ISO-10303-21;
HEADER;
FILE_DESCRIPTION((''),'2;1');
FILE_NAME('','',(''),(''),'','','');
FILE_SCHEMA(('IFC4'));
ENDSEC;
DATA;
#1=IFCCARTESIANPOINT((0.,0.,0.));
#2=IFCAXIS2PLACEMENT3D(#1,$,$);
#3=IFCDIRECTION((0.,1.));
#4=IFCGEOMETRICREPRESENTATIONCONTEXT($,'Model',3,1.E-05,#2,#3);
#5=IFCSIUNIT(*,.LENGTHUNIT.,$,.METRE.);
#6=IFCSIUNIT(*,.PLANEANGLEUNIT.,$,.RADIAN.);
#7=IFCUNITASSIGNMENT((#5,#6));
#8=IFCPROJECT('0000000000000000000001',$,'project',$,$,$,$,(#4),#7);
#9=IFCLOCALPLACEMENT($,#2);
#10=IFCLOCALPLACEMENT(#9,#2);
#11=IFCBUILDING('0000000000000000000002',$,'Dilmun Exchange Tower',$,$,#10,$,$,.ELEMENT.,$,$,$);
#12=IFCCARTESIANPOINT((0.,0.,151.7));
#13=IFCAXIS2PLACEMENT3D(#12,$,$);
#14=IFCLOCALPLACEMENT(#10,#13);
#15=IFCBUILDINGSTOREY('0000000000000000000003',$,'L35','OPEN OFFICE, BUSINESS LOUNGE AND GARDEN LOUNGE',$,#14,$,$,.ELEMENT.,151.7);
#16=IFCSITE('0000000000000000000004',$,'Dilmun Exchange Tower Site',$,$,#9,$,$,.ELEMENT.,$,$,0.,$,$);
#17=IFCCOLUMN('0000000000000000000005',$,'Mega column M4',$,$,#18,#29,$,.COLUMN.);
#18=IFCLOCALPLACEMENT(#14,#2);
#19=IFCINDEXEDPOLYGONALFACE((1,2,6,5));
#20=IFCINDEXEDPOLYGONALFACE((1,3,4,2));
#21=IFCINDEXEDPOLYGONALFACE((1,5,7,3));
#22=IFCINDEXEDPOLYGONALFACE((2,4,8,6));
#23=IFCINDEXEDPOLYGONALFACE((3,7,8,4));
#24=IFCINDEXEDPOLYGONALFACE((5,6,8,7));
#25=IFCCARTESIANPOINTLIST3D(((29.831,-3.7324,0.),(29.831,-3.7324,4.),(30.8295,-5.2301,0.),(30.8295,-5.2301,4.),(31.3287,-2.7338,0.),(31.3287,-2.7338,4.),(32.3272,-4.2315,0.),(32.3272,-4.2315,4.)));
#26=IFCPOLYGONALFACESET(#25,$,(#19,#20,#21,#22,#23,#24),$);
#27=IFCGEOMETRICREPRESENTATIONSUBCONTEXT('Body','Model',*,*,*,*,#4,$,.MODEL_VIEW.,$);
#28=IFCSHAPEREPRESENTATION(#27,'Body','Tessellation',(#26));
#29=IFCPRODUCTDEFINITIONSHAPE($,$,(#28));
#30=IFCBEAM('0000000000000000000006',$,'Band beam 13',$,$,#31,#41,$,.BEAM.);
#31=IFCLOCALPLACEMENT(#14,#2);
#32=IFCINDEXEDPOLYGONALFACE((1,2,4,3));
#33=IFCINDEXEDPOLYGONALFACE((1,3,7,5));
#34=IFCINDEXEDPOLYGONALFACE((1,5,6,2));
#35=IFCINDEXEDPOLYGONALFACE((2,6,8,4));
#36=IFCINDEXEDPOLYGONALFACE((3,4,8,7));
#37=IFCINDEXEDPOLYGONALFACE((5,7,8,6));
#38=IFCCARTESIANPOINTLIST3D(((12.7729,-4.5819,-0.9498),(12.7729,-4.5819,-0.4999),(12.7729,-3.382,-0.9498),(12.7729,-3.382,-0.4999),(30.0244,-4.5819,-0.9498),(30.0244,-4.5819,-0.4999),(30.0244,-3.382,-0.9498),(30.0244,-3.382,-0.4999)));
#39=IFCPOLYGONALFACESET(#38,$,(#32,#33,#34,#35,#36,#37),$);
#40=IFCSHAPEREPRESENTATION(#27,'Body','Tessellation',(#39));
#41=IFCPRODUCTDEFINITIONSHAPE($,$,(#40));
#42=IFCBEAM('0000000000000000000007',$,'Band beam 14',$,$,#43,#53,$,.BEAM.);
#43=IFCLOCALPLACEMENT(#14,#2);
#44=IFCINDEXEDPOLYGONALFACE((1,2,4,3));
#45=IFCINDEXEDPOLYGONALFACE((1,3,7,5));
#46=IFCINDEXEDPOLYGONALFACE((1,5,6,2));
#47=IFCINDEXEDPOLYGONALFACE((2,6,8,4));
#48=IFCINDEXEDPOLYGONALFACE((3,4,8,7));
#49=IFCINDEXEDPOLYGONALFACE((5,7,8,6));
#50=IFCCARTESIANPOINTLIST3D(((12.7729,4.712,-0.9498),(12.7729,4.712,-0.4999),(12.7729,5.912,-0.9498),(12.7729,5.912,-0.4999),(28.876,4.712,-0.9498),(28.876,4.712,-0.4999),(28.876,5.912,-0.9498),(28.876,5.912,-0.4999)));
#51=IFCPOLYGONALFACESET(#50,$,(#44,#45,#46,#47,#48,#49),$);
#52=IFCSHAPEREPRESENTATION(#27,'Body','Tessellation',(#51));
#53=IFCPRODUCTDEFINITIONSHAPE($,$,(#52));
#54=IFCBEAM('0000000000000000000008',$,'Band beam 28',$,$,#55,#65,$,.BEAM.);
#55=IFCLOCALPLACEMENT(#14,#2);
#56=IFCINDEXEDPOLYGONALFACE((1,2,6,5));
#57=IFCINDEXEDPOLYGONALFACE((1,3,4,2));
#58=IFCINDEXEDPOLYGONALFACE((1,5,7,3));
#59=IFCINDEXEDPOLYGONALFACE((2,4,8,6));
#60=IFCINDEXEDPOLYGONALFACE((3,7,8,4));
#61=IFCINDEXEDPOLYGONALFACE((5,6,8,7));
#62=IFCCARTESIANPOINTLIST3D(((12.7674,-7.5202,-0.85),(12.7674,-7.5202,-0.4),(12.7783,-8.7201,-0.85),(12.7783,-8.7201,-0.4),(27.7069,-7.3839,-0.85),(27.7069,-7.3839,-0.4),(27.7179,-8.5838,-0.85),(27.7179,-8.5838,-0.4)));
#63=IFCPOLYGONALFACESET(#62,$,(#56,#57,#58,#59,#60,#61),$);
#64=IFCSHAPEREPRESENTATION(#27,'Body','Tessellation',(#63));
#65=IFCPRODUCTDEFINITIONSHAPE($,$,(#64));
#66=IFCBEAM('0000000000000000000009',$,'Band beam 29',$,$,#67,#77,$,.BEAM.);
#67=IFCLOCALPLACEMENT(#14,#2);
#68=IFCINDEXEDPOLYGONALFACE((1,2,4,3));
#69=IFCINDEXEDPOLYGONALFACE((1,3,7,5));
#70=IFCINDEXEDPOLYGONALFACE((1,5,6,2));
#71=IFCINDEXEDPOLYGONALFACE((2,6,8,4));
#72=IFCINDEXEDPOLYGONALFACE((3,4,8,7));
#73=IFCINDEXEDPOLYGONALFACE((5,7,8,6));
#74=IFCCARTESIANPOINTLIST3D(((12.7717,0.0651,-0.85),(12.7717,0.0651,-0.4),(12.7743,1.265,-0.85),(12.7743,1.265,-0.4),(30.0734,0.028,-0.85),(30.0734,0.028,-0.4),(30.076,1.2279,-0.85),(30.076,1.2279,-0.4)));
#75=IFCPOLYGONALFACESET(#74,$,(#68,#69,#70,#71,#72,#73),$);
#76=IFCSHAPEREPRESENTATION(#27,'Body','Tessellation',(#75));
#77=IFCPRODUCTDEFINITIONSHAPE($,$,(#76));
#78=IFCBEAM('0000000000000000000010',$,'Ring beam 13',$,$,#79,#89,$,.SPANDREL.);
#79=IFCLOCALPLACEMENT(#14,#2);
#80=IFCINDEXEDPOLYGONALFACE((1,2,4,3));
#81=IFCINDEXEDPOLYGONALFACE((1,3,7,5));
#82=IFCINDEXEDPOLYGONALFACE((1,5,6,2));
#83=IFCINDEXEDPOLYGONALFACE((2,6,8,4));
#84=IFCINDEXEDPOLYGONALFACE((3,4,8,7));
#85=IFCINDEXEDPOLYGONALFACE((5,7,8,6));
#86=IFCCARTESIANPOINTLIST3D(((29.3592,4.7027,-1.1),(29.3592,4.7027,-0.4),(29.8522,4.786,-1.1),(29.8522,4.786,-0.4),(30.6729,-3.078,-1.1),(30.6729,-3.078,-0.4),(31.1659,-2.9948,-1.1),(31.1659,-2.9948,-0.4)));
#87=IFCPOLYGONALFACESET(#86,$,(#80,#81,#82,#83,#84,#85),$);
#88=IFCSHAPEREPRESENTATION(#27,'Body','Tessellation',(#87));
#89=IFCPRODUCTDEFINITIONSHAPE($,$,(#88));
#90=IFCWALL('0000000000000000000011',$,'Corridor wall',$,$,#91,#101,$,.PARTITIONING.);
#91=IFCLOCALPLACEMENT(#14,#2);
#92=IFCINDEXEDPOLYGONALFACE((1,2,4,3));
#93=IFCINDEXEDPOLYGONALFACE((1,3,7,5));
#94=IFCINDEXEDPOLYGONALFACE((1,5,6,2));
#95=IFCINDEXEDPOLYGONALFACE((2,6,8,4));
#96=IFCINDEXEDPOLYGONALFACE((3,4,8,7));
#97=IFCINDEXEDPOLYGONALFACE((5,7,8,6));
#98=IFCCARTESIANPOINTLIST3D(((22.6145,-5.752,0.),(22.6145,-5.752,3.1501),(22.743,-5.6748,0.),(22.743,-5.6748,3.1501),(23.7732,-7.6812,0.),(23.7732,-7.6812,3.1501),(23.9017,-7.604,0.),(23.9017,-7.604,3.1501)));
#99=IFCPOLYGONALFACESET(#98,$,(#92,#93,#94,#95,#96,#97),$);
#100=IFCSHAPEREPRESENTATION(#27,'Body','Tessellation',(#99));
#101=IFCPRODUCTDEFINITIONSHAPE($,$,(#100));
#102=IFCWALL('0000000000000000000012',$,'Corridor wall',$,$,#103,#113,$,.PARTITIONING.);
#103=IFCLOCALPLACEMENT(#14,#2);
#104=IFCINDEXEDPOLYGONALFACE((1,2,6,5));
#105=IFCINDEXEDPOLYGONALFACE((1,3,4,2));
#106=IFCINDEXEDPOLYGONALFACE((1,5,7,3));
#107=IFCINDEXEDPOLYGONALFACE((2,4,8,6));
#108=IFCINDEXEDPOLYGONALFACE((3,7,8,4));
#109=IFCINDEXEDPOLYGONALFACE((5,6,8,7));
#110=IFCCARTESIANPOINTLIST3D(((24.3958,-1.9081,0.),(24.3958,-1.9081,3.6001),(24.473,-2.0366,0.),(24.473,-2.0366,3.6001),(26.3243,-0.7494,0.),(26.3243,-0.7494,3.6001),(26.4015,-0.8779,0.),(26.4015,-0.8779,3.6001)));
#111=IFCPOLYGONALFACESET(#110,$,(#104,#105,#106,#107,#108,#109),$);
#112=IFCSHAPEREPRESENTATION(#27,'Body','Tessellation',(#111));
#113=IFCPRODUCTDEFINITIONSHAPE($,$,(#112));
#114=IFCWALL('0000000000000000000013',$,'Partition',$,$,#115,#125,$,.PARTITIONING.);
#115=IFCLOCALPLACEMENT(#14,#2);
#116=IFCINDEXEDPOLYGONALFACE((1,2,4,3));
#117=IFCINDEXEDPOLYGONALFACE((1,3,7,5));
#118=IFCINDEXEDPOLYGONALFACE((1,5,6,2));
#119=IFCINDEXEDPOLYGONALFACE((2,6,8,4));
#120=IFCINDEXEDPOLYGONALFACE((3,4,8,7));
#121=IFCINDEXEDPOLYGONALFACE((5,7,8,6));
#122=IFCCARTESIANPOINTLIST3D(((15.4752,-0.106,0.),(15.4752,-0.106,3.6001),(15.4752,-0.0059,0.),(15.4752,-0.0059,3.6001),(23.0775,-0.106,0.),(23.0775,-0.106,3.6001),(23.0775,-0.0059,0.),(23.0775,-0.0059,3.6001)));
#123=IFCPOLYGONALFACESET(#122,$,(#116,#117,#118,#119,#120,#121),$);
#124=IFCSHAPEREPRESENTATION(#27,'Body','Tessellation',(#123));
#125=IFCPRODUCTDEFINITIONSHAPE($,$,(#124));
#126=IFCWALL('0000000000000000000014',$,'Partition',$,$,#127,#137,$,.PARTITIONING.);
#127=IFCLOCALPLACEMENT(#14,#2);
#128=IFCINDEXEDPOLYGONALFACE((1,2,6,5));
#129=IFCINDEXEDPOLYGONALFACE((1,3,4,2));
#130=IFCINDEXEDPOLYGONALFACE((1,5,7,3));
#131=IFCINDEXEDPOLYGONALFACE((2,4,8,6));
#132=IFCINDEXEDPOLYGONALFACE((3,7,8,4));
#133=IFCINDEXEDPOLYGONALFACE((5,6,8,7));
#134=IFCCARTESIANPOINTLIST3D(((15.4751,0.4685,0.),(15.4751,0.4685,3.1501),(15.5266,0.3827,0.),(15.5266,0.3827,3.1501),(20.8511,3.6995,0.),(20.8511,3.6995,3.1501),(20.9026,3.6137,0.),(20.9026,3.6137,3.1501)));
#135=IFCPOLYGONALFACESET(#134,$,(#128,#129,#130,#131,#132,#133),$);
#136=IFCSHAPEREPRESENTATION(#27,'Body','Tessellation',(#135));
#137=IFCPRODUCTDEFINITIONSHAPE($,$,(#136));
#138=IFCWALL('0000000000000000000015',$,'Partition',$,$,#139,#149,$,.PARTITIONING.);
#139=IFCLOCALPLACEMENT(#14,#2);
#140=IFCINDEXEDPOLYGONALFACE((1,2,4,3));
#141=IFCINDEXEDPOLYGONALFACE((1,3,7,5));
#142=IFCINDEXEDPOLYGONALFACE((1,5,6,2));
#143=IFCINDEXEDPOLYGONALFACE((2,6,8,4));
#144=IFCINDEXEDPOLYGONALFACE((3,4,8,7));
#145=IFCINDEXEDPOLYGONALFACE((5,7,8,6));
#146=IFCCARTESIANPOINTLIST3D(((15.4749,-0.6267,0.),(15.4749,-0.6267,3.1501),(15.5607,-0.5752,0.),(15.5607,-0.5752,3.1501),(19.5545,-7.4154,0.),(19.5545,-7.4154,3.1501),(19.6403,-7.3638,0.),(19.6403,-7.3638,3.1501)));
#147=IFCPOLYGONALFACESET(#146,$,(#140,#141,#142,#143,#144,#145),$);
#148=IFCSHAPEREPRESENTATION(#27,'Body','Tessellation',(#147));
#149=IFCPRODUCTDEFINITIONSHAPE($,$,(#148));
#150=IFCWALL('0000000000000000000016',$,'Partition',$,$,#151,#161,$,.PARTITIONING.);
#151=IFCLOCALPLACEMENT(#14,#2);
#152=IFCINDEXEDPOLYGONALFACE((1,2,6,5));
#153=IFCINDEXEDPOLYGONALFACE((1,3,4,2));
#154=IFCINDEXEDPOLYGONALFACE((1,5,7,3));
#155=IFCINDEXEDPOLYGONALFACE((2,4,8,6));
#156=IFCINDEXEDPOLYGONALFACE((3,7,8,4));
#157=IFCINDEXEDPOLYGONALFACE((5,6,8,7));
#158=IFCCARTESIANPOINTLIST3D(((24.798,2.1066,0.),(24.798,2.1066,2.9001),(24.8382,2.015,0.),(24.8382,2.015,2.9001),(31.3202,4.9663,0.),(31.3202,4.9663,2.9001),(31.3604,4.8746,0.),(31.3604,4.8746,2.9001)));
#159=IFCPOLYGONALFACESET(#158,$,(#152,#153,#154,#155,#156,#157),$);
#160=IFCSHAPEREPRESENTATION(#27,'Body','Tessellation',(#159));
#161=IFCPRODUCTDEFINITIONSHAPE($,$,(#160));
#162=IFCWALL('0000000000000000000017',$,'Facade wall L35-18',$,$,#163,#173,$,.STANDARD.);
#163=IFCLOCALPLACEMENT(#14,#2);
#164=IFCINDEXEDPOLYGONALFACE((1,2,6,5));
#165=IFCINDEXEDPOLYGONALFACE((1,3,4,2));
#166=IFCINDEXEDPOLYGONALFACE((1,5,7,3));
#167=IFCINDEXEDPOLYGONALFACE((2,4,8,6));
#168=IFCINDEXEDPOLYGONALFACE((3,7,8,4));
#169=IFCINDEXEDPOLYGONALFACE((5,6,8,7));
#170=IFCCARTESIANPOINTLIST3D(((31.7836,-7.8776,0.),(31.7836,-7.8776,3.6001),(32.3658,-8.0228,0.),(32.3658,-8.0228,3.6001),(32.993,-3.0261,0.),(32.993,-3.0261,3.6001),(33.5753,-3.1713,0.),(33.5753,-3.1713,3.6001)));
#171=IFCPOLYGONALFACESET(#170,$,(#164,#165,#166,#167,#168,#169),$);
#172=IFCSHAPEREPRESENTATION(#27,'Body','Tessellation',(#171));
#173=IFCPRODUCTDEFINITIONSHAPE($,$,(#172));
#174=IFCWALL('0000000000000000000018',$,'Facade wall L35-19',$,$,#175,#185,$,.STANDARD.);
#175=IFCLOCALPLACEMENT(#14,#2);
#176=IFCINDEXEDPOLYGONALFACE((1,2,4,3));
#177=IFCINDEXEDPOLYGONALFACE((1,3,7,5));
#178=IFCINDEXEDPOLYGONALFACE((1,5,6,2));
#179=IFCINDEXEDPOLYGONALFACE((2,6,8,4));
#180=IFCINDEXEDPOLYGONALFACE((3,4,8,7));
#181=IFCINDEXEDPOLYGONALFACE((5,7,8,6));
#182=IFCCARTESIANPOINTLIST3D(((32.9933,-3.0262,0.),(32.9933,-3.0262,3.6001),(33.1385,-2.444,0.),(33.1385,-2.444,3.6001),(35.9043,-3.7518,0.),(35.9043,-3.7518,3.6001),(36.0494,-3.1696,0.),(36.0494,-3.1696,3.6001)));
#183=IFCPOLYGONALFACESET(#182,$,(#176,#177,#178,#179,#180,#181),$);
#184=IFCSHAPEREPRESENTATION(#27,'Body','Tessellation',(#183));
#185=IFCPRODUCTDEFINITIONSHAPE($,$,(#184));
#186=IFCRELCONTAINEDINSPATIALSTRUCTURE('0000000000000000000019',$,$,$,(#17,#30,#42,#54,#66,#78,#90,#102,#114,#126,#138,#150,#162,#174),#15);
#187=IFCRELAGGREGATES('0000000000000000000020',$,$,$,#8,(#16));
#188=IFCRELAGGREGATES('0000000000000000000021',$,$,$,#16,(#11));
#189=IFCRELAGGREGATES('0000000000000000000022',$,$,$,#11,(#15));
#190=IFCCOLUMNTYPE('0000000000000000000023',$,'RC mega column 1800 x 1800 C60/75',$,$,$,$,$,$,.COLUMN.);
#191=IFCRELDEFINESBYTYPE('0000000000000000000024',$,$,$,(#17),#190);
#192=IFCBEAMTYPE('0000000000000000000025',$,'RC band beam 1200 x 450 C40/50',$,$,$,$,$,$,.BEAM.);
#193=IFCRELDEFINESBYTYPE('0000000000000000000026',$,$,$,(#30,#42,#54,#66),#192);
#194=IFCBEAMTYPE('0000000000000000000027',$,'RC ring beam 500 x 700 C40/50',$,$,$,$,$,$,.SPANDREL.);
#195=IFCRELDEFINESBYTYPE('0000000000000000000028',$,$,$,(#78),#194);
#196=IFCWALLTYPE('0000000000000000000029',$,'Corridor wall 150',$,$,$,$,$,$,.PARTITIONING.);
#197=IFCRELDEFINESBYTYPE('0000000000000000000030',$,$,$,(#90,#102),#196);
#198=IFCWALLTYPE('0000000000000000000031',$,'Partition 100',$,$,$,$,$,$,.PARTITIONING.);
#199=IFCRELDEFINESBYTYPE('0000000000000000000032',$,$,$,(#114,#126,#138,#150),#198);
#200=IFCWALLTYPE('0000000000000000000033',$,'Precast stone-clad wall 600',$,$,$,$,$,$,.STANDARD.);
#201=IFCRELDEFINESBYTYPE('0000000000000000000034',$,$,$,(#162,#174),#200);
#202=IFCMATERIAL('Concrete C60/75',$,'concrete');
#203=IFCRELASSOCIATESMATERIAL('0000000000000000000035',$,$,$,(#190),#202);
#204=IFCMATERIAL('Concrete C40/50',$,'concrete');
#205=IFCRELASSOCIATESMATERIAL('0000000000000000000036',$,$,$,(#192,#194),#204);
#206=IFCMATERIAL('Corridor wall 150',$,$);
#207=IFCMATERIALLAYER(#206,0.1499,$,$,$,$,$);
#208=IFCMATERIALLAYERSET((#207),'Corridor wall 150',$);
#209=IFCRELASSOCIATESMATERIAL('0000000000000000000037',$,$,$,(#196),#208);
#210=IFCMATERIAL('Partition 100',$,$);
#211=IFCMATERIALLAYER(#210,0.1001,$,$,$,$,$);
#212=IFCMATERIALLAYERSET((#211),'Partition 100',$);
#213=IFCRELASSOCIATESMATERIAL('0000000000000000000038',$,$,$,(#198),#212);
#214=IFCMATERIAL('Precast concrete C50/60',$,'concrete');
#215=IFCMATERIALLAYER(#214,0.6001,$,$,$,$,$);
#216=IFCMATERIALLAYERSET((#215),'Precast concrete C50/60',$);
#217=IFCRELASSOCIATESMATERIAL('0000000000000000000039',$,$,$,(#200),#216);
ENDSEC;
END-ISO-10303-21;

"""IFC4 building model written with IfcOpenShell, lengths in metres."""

from ifc_helpers import new_model, si_unit, direction, frame, frame_2d, origin, origin_2d, place, context, subcontext, project, spatial, rectangle, extrude, material, layer, layer_set, material_profile, profile_set, type_object, element, save


model = new_model("IFC4")

# Units and contexts
model_context = context("Model", 3, precision=1e-05, world=origin(), true_north=direction((0.0, 1.0)))
body_context = subcontext(model_context, "Body", "Model", "MODEL_VIEW")
ifc_project = project(units=[si_unit("LENGTHUNIT", "METRE"), si_unit("PLANEANGLEUNIT", "RADIAN")], contexts=[model_context])

# Site, building, storey
site_placement = place(None, origin())
site = spatial("IfcSite", under=ifc_project, at=site_placement, Name="Dilmun Exchange Tower Site", CompositionType="ELEMENT", RefElevation=0.0)
building_placement = place(site_placement, origin())
building = spatial("IfcBuilding", under=site, at=building_placement, Name="Dilmun Exchange Tower", CompositionType="ELEMENT")
storey_placement = place(building_placement, frame((0.0, 0.0, 151.7)))
storey = spatial("IfcBuildingStorey", under=building, at=storey_placement, Name="L35", Description="OPEN OFFICE, BUSINESS LOUNGE AND GARDEN LOUNGE", CompositionType="ELEMENT", Elevation=151.7)

# Column
ifc_material_1 = material(Name="Concrete C60/75", Category="concrete")
ifc_material_profile_1 = material_profile(ifc_material_1, rectangle(XDim=1.8, YDim=1.8, at=origin_2d()), Name="1800 x 1800")
ifc_profile_set_1 = profile_set([ifc_material_profile_1], Name="Concrete C60/75")
column_type = type_object("IfcColumnType", Name="RC mega column 1800 x 1800 C60/75", PredefinedType="COLUMN", material=ifc_profile_set_1)
column_placement = place(storey_placement, frame((31.0791, -3.9819, 0.0), z_axis=(0.0, 0.0, 1.0), x_axis=(0.832029, 0.554733, 0.0)))
element("IfcColumn", 1, at=column_placement, inside=storey, type_object=column_type, Name="Mega column M4", PredefinedType="COLUMN", context=body_context, shape_type="SweptSolid", body=[
    extrude(rectangle(XDim=1.8, YDim=1.8, at=origin_2d()), origin(), (0.0, 0.0, 1.0), 4.0),
])

# Beams
ifc_material_2 = material(Name="Concrete C40/50", Category="concrete")
ifc_material_profile_2 = material_profile(ifc_material_2, rectangle(XDim=1.2, YDim=0.45, at=origin_2d()), Name="1200 x 450")
ifc_profile_set_2 = profile_set([ifc_material_profile_2], Name="Concrete C40/50")
beam_type_1 = type_object("IfcBeamType", Name="RC band beam 1200 x 450 C40/50", PredefinedType="BEAM", material=ifc_profile_set_2)
beam_1_placement = place(storey_placement, frame((30.0244, -3.9819, -0.7249), z_axis=(-1.0, 0.0, 0.0), x_axis=(0.0, -1.0, 0.0)))
element("IfcBeam", 2, at=beam_1_placement, inside=storey, type_object=beam_type_1, Name="Band beam 13", PredefinedType="BEAM", context=body_context, shape_type="SweptSolid", body=[
    extrude(rectangle(XDim=1.2, YDim=0.45, at=origin_2d()), origin(), (0.0, 0.0, 1.0), 17.2515),
])
beam_2_placement = place(storey_placement, frame((28.876, 5.312, -0.7249), z_axis=(-1.0, 0.0, 0.0), x_axis=(0.0, -1.0, 0.0)))
element("IfcBeam", 3, at=beam_2_placement, inside=storey, type_object=beam_type_1, Name="Band beam 14", PredefinedType="BEAM", context=body_context, shape_type="SweptSolid", body=[
    extrude(rectangle(XDim=1.2, YDim=0.45, at=origin_2d()), origin(), (0.0, 0.0, 1.0), 16.103),
])
beam_3_placement = place(storey_placement, frame((27.7124, -7.9839, -0.625), z_axis=(-0.999958, -0.009118, 0.0), x_axis=(0.009118, -0.999958, 0.0)))
element("IfcBeam", 4, at=beam_3_placement, inside=storey, type_object=beam_type_1, Name="Band beam 28", PredefinedType="BEAM", context=body_context, shape_type="SweptSolid", body=[
    extrude(rectangle(XDim=1.2, YDim=0.45, at=origin_2d()), origin(), (0.0, 0.0, 1.0), 14.9402),
])
beam_4_placement = place(storey_placement, frame((30.0747, 0.6279, -0.625), z_axis=(-0.999998, 0.002145, 0.0), x_axis=(-0.002145, -0.999998, 0.0)))
element("IfcBeam", 5, at=beam_4_placement, inside=storey, type_object=beam_type_1, Name="Band beam 29", PredefinedType="BEAM", context=body_context, shape_type="SweptSolid", body=[
    extrude(rectangle(XDim=1.2, YDim=0.45, at=origin_2d()), origin(), (0.0, 0.0, 1.0), 17.3018),
])
ifc_material_profile_3 = material_profile(ifc_material_2, rectangle(XDim=0.5, YDim=0.7, at=origin_2d()), Name="500 x 700")
ifc_profile_set_3 = profile_set([ifc_material_profile_3], Name="Concrete C40/50")
beam_type_2 = type_object("IfcBeamType", Name="RC ring beam 500 x 700 C40/50", PredefinedType="SPANDREL", material=ifc_profile_set_3)
beam_5_placement = place(storey_placement, frame((30.9194, -3.0364, -0.75), z_axis=(-0.166486, 0.986044, 0.0), x_axis=(-0.986044, -0.166486, 0.0)))
element("IfcBeam", 6, at=beam_5_placement, inside=storey, type_object=beam_type_2, Name="Ring beam 13", PredefinedType="SPANDREL", context=body_context, shape_type="SweptSolid", body=[
    extrude(rectangle(XDim=0.5, YDim=0.7, at=origin_2d()), origin(), (0.0, 0.0, 1.0), 7.8909),
])

# Walls
ifc_material_3 = material(Name="Corridor wall 150")
ifc_layer_1 = layer(ifc_material_3, 0.1499)
ifc_layer_set_1 = layer_set([ifc_layer_1], Name="Corridor wall 150")
wall_type_1 = type_object("IfcWallType", Name="Corridor wall 150", PredefinedType="PARTITIONING", material=ifc_layer_set_1)
wall_1_placement = place(storey_placement, frame((22.6787, -5.7134, 0.0), z_axis=(0.0, 0.0, 1.0), x_axis=(0.514879, -0.857263, 0.0)))
element("IfcWall", 7, at=wall_1_placement, inside=storey, type_object=wall_type_1, Name="Corridor wall", PredefinedType="PARTITIONING", context=body_context, shape_type="SweptSolid", body=[
    extrude(rectangle(XDim=2.2505, YDim=0.1499, at=frame_2d((1.1252, 0.0))), origin(), (0.0, 0.0, 1.0), 3.1501),
])
wall_2_placement = place(storey_placement, frame((24.4343, -1.9724, 0.0), z_axis=(0.0, 0.0, 1.0), x_axis=(0.857177, 0.515022, 0.0)))
element("IfcWall", 8, at=wall_2_placement, inside=storey, type_object=wall_type_1, Name="Corridor wall", PredefinedType="PARTITIONING", context=body_context, shape_type="SweptSolid", body=[
    extrude(rectangle(XDim=2.2498, YDim=0.1499, at=frame_2d((1.125, 0.0))), origin(), (0.0, 0.0, 1.0), 3.6001),
])
ifc_material_4 = material(Name="Partition 100")
ifc_layer_2 = layer(ifc_material_4, 0.1001)
ifc_layer_set_2 = layer_set([ifc_layer_2], Name="Partition 100")
wall_type_2 = type_object("IfcWallType", Name="Partition 100", PredefinedType="PARTITIONING", material=ifc_layer_set_2)
wall_3_placement = place(storey_placement, frame((15.4751, -0.0559, 0.0), z_axis=(0.0, 0.0, 1.0), x_axis=(1.0, 0.0, 0.0)))
element("IfcWall", 9, at=wall_3_placement, inside=storey, type_object=wall_type_2, Name="Partition", PredefinedType="PARTITIONING", context=body_context, shape_type="SweptSolid", body=[
    extrude(rectangle(XDim=7.6023, YDim=0.1001, at=frame_2d((3.8013, 0.0))), origin(), (0.0, 0.0, 1.0), 3.6001),
])
wall_4_placement = place(storey_placement, frame((15.5007, 0.4255, 0.0), z_axis=(0.0, 0.0, 1.0), x_axis=(0.857115, 0.515125, 0.0)))
element("IfcWall", 10, at=wall_4_placement, inside=storey, type_object=wall_type_2, Name="Partition", PredefinedType="PARTITIONING", context=body_context, shape_type="SweptSolid", body=[
    extrude(rectangle(XDim=6.2722, YDim=0.1001, at=frame_2d((3.1362, 0.0))), origin(), (0.0, 0.0, 1.0), 3.1501),
])
wall_5_placement = place(storey_placement, frame((15.5178, -0.6011, 0.0), z_axis=(0.0, 0.0, 1.0), x_axis=(0.515094, -0.857134, 0.0)))
element("IfcWall", 11, at=wall_5_placement, inside=storey, type_object=wall_type_2, Name="Partition", PredefinedType="PARTITIONING", context=body_context, shape_type="SweptSolid", body=[
    extrude(rectangle(XDim=7.9202, YDim=0.1001, at=frame_2d((3.96, 0.0))), origin(), (0.0, 0.0, 1.0), 3.1501),
])
wall_6_placement = place(storey_placement, frame((24.8181, 2.0608, 0.0), z_axis=(0.0, 0.0, 1.0), x_axis=(0.91584, 0.401543, 0.0)))
element("IfcWall", 12, at=wall_6_placement, inside=storey, type_object=wall_type_2, Name="Partition", PredefinedType="PARTITIONING", context=body_context, shape_type="SweptSolid", body=[
    extrude(rectangle(XDim=7.1216, YDim=0.1001, at=frame_2d((3.5608, 0.0))), origin(), (0.0, 0.0, 1.0), 2.9001),
])
ifc_material_5 = material(Name="Precast concrete C50/60", Category="concrete")
ifc_layer_3 = layer(ifc_material_5, 0.6001)
ifc_layer_set_3 = layer_set([ifc_layer_3], Name="Precast concrete C50/60")
wall_type_3 = type_object("IfcWallType", Name="Precast stone-clad wall 600", PredefinedType="STANDARD", material=ifc_layer_set_3)
wall_7_placement = place(storey_placement, frame((32.0747, -7.9502, 0.0), z_axis=(0.0, 0.0, 1.0), x_axis=(0.241892, 0.970303, 0.0)))
element("IfcWall", 13, at=wall_7_placement, inside=storey, type_object=wall_type_3, Name="Facade wall L35-18", PredefinedType="STANDARD", context=body_context, shape_type="SweptSolid", body=[
    extrude(rectangle(XDim=5.0, YDim=0.6001, at=frame_2d((2.5, 0.0))), origin(), (0.0, 0.0, 1.0), 3.6001),
])
wall_8_placement = place(storey_placement, frame((33.0659, -2.7351, 0.0), z_axis=(0.0, 0.0, 1.0), x_axis=(0.97031, -0.241865, 0.0)))
element("IfcWall", 14, at=wall_8_placement, inside=storey, type_object=wall_type_3, Name="Facade wall L35-19", PredefinedType="STANDARD", context=body_context, shape_type="SweptSolid", body=[
    extrude(rectangle(XDim=3.0, YDim=0.6001, at=frame_2d((1.5, 0.0))), origin(), (0.0, 0.0, 1.0), 3.6001),
])

save(model, "model.ifc")
